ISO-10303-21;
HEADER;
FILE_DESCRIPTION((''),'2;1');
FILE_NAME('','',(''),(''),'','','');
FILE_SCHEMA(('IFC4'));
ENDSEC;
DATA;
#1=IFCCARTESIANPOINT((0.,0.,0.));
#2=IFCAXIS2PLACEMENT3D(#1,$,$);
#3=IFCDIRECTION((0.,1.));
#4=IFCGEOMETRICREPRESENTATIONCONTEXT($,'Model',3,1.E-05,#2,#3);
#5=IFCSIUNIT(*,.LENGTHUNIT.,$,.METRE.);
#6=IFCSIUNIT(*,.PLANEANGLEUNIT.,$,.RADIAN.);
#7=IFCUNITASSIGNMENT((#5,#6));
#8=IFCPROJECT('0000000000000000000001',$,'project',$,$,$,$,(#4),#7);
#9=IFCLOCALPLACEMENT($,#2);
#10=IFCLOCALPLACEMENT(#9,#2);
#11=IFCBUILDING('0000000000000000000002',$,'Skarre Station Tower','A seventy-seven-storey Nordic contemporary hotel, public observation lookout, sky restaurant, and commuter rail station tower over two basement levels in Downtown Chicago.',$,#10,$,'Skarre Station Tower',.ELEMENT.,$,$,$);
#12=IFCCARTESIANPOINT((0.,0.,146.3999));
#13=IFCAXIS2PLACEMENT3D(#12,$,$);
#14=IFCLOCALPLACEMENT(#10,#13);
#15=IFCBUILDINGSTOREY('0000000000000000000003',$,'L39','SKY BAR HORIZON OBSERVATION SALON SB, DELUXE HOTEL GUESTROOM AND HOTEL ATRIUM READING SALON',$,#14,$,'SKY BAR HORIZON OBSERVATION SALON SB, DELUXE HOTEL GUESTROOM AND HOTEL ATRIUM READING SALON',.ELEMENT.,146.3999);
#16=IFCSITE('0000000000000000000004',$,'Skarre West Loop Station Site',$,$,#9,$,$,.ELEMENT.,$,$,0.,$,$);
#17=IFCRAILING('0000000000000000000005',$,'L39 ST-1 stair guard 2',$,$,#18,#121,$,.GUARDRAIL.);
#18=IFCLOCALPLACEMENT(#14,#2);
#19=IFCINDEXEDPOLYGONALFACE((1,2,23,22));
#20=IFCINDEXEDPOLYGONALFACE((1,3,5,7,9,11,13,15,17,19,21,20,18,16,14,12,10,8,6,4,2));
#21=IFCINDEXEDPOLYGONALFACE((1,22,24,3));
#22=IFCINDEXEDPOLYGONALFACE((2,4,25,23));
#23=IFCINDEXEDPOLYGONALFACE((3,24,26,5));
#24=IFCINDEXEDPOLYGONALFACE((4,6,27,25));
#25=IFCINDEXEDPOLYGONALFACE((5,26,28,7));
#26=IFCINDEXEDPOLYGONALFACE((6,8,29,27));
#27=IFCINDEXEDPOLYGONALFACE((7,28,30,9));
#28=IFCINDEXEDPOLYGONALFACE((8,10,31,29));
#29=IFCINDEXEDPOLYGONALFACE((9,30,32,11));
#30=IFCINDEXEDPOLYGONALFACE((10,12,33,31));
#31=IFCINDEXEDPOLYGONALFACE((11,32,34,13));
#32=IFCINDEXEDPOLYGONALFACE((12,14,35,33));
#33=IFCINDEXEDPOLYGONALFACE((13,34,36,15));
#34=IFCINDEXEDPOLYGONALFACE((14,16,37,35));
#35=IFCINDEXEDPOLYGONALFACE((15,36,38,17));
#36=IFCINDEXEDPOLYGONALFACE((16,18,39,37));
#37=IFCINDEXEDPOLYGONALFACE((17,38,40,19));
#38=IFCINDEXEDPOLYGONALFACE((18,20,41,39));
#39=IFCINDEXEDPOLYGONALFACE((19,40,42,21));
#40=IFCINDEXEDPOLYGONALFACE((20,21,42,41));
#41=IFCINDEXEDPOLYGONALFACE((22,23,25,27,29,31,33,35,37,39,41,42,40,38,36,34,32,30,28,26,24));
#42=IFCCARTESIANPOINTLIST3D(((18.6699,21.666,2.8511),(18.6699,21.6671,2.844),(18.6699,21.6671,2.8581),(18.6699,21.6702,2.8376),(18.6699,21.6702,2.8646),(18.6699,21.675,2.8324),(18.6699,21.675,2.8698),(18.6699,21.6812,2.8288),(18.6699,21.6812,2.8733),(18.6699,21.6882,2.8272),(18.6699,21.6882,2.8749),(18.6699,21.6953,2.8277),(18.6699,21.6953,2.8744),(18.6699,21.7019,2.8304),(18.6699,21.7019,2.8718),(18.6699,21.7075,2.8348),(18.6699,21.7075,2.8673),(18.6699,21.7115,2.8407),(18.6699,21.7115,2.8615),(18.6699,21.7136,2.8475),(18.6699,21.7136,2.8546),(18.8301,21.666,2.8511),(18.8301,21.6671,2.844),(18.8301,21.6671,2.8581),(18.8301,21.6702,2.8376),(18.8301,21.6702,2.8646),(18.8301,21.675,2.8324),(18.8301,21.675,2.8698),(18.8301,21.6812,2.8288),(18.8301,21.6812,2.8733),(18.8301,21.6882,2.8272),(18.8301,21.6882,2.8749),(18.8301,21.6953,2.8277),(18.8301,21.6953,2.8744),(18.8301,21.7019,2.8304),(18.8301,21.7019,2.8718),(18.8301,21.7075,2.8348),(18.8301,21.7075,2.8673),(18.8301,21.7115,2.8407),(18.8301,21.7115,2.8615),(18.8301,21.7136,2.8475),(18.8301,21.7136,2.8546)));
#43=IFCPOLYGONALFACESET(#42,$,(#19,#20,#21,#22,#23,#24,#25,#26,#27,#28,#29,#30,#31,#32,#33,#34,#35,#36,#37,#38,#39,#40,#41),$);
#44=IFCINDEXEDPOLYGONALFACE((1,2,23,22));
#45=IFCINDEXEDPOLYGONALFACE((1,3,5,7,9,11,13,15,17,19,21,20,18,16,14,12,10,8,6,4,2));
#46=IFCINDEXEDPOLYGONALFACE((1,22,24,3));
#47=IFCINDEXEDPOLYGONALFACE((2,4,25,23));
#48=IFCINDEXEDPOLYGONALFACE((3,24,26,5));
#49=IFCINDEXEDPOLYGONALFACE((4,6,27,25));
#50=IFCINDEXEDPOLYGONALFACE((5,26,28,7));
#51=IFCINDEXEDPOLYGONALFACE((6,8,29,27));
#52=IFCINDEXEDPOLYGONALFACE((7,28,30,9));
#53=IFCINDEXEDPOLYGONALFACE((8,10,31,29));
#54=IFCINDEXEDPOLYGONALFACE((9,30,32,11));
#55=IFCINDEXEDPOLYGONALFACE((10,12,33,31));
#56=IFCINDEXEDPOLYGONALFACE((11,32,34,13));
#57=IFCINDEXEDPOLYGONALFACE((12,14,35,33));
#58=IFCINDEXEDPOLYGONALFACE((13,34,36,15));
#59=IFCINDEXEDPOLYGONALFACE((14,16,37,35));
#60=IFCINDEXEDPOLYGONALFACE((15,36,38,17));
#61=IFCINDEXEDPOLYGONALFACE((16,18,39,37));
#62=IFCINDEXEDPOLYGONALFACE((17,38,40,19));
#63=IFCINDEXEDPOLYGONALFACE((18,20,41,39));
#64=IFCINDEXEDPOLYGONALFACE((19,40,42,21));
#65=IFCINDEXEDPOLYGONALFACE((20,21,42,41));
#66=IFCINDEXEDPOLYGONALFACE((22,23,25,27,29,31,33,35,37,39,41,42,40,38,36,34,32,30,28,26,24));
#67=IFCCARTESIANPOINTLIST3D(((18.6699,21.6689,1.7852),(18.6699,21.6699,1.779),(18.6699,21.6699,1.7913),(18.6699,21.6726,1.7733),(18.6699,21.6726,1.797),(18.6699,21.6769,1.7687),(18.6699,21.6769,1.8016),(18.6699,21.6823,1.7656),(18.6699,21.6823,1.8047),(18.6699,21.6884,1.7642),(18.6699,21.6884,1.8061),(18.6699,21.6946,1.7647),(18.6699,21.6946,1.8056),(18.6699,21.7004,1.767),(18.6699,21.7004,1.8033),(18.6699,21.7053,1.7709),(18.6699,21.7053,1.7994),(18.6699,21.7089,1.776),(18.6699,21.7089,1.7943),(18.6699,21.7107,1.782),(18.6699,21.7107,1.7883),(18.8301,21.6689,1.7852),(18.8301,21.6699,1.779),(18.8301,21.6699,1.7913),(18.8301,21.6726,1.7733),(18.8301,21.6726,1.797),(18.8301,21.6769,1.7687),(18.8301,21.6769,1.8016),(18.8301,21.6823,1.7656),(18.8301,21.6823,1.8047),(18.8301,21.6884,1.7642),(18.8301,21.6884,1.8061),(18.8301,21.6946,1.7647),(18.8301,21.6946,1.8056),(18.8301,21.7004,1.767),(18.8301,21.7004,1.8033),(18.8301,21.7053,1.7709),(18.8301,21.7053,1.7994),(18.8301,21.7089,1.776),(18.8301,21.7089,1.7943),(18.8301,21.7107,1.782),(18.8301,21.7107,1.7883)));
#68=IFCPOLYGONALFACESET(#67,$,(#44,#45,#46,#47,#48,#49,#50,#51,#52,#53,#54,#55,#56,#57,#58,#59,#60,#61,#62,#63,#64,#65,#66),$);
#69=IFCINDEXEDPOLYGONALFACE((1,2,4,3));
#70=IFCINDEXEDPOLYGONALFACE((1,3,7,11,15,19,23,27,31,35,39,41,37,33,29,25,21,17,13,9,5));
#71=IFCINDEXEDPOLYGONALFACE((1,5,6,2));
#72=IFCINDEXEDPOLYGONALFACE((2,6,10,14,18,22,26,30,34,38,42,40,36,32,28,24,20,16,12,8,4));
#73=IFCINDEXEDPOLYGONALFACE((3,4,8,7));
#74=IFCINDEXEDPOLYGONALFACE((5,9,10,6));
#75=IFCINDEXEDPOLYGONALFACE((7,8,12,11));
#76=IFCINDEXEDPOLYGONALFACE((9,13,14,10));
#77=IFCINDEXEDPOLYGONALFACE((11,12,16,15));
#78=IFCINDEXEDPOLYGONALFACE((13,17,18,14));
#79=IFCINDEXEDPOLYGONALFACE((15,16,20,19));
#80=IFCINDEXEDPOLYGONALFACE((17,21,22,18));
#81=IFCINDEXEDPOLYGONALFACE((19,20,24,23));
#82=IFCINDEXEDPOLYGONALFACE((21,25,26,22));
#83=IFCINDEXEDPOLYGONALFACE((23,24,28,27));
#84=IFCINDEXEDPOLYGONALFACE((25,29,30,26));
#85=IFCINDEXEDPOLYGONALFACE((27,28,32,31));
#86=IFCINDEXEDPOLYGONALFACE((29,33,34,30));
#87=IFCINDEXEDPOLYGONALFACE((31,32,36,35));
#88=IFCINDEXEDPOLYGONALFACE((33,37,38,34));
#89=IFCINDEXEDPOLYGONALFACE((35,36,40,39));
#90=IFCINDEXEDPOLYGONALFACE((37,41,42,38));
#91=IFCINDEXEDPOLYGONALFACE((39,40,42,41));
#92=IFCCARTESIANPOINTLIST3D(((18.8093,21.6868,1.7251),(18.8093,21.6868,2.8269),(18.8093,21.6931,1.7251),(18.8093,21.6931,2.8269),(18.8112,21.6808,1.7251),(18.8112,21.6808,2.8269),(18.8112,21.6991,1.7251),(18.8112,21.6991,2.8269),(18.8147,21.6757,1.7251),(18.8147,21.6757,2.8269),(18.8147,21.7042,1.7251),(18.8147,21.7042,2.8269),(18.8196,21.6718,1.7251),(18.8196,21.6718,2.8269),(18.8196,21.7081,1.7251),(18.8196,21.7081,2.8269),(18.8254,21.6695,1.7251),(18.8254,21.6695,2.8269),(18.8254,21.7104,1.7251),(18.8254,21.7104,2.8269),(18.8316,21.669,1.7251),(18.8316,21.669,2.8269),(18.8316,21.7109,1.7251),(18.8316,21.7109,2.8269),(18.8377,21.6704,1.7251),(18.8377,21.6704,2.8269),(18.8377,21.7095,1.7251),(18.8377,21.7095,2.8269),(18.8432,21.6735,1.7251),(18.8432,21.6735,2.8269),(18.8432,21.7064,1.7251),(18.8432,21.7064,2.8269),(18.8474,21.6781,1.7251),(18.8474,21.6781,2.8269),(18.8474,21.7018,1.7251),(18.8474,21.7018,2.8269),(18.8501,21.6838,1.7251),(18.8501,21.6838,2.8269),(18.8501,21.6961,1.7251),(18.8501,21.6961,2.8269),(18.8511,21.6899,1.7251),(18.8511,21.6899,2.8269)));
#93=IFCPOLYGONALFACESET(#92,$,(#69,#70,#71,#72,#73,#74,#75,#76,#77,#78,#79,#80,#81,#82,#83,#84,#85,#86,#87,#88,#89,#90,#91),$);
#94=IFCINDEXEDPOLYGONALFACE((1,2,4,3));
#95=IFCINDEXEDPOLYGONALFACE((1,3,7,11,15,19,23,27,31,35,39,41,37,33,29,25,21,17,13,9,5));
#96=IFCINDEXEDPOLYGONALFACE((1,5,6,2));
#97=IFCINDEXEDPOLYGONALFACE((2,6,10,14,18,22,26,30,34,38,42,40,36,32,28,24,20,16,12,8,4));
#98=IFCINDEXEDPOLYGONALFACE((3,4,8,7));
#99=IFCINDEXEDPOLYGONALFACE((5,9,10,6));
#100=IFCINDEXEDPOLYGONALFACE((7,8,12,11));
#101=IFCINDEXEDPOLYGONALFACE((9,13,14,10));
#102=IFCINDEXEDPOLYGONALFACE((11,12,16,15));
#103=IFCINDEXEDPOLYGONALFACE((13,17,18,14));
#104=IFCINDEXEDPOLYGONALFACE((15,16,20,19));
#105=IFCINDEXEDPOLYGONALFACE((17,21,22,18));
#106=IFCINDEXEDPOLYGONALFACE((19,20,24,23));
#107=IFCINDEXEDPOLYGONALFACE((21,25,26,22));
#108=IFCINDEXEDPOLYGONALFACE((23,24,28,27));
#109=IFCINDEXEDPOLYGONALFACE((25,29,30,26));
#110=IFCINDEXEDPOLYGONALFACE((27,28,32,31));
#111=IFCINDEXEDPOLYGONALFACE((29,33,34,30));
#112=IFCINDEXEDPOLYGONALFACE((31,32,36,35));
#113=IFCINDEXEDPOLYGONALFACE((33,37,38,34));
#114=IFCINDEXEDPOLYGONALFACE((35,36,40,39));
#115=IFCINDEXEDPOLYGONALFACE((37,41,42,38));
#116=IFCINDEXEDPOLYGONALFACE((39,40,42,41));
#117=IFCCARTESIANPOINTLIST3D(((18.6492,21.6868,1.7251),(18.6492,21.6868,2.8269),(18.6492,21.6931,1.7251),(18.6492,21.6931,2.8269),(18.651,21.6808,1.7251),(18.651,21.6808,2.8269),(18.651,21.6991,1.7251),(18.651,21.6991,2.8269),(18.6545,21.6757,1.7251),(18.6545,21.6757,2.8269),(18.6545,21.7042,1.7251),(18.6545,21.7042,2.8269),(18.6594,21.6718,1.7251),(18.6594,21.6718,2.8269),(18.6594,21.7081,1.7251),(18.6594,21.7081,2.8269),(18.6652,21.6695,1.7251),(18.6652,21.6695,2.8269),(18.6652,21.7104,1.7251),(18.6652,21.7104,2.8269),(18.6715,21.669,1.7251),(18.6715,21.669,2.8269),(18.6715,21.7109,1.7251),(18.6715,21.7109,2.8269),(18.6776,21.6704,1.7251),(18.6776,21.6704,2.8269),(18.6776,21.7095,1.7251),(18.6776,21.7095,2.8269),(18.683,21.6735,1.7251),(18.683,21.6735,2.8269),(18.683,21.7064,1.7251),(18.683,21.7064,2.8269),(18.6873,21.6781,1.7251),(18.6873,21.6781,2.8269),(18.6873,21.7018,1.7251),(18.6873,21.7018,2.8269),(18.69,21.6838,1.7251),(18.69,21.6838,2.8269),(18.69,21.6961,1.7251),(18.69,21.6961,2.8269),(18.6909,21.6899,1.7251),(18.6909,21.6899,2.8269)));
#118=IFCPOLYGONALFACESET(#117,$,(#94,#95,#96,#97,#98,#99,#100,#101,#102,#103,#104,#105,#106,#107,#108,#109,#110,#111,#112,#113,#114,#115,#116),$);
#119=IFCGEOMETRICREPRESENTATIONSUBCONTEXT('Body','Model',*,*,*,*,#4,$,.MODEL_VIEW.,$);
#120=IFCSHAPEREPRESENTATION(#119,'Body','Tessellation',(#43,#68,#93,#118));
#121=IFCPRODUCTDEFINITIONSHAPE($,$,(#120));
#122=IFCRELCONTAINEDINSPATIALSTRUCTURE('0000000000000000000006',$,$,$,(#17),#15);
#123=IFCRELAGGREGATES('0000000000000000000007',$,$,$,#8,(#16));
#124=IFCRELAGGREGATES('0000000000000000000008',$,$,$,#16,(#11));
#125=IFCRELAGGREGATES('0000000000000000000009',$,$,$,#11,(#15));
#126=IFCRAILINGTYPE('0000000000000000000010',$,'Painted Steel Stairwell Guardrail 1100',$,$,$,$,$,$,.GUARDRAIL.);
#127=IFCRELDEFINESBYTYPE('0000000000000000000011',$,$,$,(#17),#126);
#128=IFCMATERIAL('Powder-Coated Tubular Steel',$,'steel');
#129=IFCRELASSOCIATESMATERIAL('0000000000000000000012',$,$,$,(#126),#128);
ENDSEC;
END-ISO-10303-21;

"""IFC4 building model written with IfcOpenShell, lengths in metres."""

from ifc_helpers import new_model, si_unit, direction, frame, origin, origin_2d, place, context, subcontext, project, spatial, circle, extrude, material, type_object, element, save


model = new_model("IFC4")

# Units and contexts
model_context = context("Model", 3, precision=1e-05, world=origin(), true_north=direction((0.0, 1.0)))
body_context = subcontext(model_context, "Body", "Model", "MODEL_VIEW")
ifc_project = project(units=[si_unit("LENGTHUNIT", "METRE"), si_unit("PLANEANGLEUNIT", "RADIAN")], contexts=[model_context])

# Site, building, storey
site_placement = place(None, origin())
site = spatial("IfcSite", under=ifc_project, at=site_placement, Name="Skarre West Loop Station Site", CompositionType="ELEMENT", RefElevation=0.0)
building_placement = place(site_placement, origin())
building = spatial("IfcBuilding", under=site, at=building_placement, Name="Skarre Station Tower", Description="A seventy-seven-storey Nordic contemporary hotel, public observation lookout, sky restaurant, and commuter rail station tower over two basement levels in Downtown Chicago.", LongName="Skarre Station Tower", CompositionType="ELEMENT")
storey_placement = place(building_placement, frame((0.0, 0.0, 146.3999)))
storey = spatial("IfcBuildingStorey", under=building, at=storey_placement, Name="L39", Description="SKY BAR HORIZON OBSERVATION SALON SB, DELUXE HOTEL GUESTROOM AND HOTEL ATRIUM READING SALON", LongName="SKY BAR HORIZON OBSERVATION SALON SB, DELUXE HOTEL GUESTROOM AND HOTEL ATRIUM READING SALON", CompositionType="ELEMENT", Elevation=146.3999)

# Railing
ifc_material_1 = material(Name="Powder-Coated Tubular Steel", Category="steel")
railing_type_1 = type_object("IfcRailingType", Name="Painted Steel Stairwell Guardrail 1100", PredefinedType="GUARDRAIL", material=ifc_material_1)
railing_1_placement = place(storey_placement, frame((18.8301, 21.6899, 1.7251)))
element("IfcRailing", 1, at=railing_1_placement, inside=storey, type_object=railing_type_1, Name="L39 ST-1 stair guard 2", PredefinedType="GUARDRAIL", context=body_context, shape_type="SweptSolid", body=[
    extrude(circle(Radius=0.0239, at=origin_2d()), frame((0.0, 0.0, 1.126), z_axis=(-1.0, 0.0, 0.0), x_axis=(0.0, -1.0, 0.0)), (0.0, 0.0, 1.0), 0.1602),
    extrude(circle(Radius=0.021, at=origin_2d()), frame((0.0, 0.0, 0.0601), z_axis=(-1.0, 0.0, 0.0), x_axis=(0.0, -1.0, 0.0)), (0.0, 0.0, 1.0), 0.1602),
    extrude(circle(Radius=0.021, at=origin_2d()), origin(), (0.0, 0.0, 1.0), 1.1018),
    extrude(circle(Radius=0.021, at=origin_2d()), frame((-0.1602, 0.0, 0.0)), (0.0, 0.0, 1.0), 1.1018),
])

save(model, "model.ifc")
